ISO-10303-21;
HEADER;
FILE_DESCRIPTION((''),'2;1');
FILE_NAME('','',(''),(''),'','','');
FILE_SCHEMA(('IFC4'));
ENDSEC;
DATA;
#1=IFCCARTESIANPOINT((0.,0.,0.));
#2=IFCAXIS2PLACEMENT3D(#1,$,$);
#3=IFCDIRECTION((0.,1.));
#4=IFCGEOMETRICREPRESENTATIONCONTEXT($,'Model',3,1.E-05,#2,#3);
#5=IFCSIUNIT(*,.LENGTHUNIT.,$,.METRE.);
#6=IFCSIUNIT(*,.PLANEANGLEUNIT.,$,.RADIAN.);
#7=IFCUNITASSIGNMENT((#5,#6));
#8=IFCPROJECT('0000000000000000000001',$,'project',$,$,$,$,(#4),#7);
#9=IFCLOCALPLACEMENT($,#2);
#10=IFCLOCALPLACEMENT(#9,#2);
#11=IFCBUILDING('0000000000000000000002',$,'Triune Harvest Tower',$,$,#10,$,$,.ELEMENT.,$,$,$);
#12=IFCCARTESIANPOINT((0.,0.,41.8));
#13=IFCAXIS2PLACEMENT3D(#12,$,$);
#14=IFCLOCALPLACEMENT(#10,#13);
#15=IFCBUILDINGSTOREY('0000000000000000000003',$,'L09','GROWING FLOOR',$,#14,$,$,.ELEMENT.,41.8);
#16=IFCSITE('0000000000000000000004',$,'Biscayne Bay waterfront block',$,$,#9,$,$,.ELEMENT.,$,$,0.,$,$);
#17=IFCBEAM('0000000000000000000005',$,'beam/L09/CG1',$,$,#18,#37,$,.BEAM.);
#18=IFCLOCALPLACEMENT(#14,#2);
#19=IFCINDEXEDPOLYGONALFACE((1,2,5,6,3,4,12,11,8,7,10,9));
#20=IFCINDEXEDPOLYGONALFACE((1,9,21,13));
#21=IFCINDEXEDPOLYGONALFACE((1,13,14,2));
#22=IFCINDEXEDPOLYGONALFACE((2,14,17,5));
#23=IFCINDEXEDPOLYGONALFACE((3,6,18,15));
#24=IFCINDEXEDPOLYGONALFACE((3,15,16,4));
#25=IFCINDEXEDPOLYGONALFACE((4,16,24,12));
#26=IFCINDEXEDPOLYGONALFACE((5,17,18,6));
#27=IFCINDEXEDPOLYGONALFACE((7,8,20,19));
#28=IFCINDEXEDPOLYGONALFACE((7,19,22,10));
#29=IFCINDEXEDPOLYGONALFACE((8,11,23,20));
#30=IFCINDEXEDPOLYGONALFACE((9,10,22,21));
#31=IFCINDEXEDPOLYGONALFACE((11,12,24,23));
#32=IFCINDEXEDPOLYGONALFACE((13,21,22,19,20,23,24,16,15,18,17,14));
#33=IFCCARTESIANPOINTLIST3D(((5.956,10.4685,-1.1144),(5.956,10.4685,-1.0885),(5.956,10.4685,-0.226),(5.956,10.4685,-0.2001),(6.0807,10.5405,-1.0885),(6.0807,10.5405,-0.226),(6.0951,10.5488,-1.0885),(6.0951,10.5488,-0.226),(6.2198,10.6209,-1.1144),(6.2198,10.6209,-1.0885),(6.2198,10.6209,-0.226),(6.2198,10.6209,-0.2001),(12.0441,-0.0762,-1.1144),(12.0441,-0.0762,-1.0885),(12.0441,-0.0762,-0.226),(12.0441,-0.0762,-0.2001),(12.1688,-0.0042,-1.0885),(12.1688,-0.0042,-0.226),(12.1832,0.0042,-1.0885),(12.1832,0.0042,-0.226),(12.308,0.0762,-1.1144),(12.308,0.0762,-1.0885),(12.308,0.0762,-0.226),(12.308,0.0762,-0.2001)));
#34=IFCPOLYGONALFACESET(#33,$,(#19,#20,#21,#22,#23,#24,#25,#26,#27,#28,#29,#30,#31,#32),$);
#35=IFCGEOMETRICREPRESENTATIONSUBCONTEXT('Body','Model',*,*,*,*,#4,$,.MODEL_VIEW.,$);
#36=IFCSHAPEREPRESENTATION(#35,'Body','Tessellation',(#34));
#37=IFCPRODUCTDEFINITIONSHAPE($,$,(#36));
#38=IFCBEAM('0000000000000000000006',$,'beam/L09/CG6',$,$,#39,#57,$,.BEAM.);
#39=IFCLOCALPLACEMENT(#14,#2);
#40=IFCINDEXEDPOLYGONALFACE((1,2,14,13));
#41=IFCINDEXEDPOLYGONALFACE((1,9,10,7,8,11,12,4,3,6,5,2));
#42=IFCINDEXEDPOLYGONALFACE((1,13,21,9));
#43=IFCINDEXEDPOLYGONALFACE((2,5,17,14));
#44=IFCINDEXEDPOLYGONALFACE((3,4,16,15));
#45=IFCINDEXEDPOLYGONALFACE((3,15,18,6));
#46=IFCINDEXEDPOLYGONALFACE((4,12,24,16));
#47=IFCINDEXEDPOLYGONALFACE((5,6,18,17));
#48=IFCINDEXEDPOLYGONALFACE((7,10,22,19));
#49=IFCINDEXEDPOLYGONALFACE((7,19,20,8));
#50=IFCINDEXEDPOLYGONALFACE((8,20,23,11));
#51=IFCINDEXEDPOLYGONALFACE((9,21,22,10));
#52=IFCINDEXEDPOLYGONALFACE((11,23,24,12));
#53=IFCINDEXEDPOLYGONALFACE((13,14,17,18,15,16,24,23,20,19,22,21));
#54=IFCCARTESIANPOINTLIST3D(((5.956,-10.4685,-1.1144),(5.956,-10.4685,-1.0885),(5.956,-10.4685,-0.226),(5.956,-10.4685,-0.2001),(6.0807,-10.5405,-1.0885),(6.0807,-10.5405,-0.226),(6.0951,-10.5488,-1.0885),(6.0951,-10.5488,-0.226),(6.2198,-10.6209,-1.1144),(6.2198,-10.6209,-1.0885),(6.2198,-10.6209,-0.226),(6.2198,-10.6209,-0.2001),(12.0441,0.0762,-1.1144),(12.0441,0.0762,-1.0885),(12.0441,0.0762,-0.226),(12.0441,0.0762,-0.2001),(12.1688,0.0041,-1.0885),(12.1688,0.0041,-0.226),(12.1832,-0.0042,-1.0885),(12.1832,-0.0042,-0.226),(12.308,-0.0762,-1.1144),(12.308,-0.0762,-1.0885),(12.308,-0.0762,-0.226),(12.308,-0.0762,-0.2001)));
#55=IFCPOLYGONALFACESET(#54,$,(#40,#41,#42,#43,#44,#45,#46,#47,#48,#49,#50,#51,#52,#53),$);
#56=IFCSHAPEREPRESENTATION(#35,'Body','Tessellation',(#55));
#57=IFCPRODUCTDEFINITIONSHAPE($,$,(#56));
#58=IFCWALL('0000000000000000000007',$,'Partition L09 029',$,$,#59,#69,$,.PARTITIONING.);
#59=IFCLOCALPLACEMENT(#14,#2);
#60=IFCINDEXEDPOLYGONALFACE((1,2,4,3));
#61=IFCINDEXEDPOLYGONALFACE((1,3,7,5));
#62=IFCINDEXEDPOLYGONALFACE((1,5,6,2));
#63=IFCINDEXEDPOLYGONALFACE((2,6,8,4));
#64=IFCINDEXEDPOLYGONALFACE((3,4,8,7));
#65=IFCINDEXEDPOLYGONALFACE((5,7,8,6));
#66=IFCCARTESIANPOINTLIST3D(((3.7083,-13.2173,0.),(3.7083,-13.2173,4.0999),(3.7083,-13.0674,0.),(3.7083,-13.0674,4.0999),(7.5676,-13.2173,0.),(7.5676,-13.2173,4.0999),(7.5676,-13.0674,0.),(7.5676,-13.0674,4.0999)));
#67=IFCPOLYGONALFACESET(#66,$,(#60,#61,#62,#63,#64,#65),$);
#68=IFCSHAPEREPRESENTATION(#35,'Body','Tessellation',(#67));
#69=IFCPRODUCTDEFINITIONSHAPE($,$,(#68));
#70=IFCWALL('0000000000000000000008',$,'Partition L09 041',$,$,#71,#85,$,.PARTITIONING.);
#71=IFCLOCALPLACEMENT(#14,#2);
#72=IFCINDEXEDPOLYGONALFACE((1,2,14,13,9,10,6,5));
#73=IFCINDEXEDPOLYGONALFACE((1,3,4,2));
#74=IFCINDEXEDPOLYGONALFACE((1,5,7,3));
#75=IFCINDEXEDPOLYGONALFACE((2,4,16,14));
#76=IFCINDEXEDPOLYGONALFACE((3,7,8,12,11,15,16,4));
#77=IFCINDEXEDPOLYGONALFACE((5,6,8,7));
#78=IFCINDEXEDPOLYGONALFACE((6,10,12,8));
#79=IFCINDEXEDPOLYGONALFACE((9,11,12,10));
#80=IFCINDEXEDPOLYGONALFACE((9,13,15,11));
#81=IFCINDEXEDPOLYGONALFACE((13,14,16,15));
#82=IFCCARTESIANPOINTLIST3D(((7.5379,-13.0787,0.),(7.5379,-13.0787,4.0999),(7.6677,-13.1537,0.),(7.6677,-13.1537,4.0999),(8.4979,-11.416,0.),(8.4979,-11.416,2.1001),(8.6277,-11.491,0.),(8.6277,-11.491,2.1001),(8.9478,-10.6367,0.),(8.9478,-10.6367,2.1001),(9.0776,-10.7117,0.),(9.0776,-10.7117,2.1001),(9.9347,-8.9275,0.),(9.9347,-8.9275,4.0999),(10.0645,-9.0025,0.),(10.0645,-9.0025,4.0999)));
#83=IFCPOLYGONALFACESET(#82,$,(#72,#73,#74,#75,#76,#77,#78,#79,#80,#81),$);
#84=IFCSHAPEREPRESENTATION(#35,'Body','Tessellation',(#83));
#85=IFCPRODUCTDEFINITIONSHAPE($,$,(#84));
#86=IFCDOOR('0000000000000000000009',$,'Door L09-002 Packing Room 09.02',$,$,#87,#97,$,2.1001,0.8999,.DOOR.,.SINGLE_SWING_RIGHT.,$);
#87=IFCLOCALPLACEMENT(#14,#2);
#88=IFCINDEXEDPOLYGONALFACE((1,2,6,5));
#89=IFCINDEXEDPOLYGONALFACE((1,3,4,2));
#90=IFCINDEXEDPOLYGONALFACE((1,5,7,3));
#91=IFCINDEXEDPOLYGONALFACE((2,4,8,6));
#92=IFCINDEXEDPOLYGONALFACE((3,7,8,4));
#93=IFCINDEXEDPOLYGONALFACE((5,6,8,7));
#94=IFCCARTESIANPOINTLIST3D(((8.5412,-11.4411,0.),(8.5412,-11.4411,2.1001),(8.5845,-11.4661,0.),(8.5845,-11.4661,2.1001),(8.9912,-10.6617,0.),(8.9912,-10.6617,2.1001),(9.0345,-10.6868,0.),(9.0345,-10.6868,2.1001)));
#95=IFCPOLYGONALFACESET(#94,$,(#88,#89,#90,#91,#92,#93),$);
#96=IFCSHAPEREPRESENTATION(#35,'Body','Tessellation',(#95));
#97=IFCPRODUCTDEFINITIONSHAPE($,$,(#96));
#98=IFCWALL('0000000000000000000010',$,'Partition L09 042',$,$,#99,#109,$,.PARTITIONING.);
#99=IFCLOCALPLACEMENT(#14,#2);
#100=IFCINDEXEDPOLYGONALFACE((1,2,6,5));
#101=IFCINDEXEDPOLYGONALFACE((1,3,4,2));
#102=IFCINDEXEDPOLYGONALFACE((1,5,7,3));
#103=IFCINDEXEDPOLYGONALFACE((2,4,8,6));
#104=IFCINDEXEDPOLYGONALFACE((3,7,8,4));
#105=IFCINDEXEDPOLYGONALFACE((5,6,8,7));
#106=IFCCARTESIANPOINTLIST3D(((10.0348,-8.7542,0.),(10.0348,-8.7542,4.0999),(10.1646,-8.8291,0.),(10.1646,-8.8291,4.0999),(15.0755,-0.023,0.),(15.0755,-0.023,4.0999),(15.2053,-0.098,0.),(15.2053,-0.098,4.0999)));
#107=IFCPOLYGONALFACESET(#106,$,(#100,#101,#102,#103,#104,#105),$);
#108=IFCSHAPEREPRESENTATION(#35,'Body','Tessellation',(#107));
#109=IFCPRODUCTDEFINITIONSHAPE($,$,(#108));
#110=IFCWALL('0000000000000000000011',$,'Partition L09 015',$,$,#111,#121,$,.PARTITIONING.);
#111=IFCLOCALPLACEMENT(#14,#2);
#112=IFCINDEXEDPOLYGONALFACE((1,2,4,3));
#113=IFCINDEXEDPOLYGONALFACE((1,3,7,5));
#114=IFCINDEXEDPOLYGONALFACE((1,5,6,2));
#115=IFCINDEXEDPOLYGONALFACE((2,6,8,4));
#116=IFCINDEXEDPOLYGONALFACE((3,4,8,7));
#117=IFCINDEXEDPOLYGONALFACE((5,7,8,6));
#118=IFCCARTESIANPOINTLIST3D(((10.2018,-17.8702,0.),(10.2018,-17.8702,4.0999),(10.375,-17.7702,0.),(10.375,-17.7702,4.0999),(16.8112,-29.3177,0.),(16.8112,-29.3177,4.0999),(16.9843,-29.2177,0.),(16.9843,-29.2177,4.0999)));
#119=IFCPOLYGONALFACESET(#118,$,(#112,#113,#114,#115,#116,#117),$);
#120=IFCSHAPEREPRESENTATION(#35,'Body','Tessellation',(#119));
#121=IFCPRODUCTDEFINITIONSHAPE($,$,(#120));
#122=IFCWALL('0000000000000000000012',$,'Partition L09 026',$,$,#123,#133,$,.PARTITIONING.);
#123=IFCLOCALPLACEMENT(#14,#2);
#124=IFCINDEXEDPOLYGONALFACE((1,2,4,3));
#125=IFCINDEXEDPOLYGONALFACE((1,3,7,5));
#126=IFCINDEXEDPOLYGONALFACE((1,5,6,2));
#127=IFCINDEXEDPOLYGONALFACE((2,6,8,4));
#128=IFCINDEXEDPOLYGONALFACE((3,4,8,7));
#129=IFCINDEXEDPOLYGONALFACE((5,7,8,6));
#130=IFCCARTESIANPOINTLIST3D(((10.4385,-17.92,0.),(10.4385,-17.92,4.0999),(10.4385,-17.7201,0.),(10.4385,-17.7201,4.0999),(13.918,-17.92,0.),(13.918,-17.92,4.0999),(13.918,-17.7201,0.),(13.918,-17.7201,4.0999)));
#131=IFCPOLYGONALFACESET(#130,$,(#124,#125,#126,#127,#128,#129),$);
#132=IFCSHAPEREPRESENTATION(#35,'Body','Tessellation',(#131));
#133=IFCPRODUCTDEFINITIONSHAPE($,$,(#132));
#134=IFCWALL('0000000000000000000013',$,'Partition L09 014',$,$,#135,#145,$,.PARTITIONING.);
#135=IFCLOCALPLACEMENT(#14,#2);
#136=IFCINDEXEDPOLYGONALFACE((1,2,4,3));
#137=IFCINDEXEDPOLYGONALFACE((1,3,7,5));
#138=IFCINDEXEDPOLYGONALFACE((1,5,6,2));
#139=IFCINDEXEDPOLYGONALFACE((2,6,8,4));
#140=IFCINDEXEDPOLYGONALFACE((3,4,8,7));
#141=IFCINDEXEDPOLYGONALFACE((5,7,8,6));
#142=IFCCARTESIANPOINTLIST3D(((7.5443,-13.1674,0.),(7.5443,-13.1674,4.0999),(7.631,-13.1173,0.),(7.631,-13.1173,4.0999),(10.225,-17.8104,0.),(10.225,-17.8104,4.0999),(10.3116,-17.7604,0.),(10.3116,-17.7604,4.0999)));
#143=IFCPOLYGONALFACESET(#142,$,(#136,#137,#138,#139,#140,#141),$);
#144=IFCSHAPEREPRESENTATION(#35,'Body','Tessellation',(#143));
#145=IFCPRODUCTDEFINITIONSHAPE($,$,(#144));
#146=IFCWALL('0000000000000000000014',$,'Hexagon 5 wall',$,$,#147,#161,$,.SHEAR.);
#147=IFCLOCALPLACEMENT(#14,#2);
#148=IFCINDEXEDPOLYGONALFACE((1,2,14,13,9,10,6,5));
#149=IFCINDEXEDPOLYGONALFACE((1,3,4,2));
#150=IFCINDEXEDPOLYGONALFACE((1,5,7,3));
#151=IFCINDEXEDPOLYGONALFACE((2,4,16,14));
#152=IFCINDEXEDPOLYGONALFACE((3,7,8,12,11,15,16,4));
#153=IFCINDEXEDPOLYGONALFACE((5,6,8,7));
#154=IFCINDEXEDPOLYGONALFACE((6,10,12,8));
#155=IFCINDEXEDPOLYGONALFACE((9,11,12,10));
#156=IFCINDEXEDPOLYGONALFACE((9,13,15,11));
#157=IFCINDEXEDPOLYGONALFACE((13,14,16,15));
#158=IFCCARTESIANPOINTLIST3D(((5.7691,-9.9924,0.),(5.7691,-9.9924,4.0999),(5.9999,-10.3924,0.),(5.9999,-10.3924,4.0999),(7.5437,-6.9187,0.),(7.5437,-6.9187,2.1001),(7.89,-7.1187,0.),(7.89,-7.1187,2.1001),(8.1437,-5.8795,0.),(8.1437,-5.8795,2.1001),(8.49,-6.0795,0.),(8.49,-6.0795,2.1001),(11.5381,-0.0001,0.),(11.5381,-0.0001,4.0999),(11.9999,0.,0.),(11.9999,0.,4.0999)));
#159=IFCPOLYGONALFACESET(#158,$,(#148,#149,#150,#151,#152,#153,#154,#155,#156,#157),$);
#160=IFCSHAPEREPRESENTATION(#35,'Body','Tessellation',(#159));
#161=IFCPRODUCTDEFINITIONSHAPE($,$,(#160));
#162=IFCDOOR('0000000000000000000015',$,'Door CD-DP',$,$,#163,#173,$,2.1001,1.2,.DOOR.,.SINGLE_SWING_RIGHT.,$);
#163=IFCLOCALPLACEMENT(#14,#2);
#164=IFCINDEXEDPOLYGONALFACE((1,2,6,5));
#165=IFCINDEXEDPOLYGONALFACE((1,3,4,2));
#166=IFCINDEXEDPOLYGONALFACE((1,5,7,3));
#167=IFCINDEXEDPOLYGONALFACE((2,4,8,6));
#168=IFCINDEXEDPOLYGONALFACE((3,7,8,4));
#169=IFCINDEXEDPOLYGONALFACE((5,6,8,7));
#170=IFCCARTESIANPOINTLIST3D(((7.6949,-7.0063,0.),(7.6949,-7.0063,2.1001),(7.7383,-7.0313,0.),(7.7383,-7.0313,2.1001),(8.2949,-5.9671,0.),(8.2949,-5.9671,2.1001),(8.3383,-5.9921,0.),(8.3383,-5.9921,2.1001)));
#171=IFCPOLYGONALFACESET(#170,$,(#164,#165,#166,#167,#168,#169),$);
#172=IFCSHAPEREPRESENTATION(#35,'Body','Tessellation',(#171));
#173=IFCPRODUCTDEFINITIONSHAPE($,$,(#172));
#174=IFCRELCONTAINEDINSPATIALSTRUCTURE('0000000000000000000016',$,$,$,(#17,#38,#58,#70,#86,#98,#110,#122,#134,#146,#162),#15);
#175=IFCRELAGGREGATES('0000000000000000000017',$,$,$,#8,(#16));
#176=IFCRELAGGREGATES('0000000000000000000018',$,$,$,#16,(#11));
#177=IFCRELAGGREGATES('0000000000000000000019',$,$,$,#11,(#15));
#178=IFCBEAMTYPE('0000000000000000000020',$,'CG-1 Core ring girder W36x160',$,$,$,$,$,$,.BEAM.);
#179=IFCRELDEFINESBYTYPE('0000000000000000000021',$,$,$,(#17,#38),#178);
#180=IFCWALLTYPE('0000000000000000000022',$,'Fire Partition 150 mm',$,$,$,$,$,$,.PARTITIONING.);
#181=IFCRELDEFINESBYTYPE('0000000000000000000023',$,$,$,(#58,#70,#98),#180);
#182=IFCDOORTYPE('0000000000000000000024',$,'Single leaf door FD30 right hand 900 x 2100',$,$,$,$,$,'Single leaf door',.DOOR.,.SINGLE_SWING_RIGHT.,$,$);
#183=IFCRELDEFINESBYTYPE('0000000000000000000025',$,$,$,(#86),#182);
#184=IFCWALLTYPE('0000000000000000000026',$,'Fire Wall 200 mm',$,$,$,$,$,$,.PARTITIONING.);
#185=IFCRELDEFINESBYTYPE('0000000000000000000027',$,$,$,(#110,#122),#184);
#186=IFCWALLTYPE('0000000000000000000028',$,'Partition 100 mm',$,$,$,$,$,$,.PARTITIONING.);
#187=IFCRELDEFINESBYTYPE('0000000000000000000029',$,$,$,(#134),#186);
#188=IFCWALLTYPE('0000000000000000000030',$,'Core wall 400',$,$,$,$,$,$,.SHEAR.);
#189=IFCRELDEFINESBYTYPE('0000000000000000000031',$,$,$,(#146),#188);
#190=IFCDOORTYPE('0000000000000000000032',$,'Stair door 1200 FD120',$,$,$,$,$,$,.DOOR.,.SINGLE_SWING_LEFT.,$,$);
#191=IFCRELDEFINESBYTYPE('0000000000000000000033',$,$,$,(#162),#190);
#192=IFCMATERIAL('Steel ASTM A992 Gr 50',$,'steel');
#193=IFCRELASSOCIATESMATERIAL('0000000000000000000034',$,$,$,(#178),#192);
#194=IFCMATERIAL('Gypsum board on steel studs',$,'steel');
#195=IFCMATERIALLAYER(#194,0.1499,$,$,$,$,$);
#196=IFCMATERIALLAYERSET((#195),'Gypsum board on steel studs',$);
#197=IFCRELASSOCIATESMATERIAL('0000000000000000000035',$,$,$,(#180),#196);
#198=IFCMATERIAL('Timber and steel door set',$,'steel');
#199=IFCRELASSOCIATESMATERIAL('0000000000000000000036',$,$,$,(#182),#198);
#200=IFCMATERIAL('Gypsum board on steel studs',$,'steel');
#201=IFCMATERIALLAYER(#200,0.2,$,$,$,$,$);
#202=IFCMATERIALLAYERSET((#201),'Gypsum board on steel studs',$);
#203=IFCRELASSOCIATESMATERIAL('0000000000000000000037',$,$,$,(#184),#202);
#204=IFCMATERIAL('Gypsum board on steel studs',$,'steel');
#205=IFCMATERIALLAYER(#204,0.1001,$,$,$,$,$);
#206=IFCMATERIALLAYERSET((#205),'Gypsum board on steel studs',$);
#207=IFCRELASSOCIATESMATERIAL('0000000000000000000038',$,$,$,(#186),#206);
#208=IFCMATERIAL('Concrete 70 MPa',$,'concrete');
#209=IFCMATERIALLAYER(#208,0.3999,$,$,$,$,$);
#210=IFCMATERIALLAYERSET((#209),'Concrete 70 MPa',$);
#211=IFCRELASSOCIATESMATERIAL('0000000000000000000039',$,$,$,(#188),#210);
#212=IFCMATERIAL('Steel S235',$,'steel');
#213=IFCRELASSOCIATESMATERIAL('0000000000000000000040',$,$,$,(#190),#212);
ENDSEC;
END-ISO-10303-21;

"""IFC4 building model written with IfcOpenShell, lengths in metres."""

from ifc_helpers import new_model, si_unit, direction, frame, frame_2d, origin, origin_2d, place, context, subcontext, project, spatial, polyline, rectangle, i_section, outline, extrude, source, transform, mapped, material, layer, layer_set, material_profile, profile_set, type_object, element, fill, save


model = new_model("IFC4")

# Units and contexts
model_context = context("Model", 3, precision=1e-05, world=origin(), true_north=direction((0.0, 1.0)))
body_context = subcontext(model_context, "Body", "Model", "MODEL_VIEW")
ifc_project = project(units=[si_unit("LENGTHUNIT", "METRE"), si_unit("PLANEANGLEUNIT", "RADIAN")], contexts=[model_context])

# Site, building, storey
site_placement = place(None, origin())
site = spatial("IfcSite", under=ifc_project, at=site_placement, Name="Biscayne Bay waterfront block", CompositionType="ELEMENT", RefElevation=0.0)
building_placement = place(site_placement, origin())
building = spatial("IfcBuilding", under=site, at=building_placement, Name="Triune Harvest Tower", CompositionType="ELEMENT")
storey_placement = place(building_placement, frame((0.0, 0.0, 41.8)))
storey = spatial("IfcBuildingStorey", under=building, at=storey_placement, Name="L09", Description="GROWING FLOOR", CompositionType="ELEMENT", Elevation=41.8)

# Beams
ifc_material_1 = material(Name="Steel ASTM A992 Gr 50", Category="steel")
ifc_material_profile = material_profile(ifc_material_1, i_section(OverallWidth=0.3047, OverallDepth=0.9143, WebThickness=0.0166, FlangeThickness=0.0259, at=origin_2d()), Name="W36x160")
ifc_profile_set = profile_set([ifc_material_profile], Name="Steel ASTM A992 Gr 50")
beam_type = type_object("IfcBeamType", Name="CG-1 Core ring girder W36x160", PredefinedType="BEAM", material=ifc_profile_set)
shared_shape_1 = source(origin(), body_context, "Body", "SweptSolid", [
    extrude(i_section(OverallWidth=0.3047, OverallDepth=0.9143, WebThickness=0.0166, FlangeThickness=0.0259, at=origin_2d()), origin(), (0.0, 0.0, 1.0), 12.176),
])
for number, where, z_axis, x_axis, name in (
    (1, (12.176, 0.0, -0.6572), (-0.50001, 0.86602, 0.0), (-0.86602, -0.50001, 0.0), "beam/L09/CG1"),
    (2, (6.0879, -10.5447, -0.6572), (0.50001, 0.86602, 0.0), (-0.86602, 0.50001, 0.0), "beam/L09/CG6"),
):
    element("IfcBeam", number, at=place(storey_placement, frame(where, z_axis=z_axis, x_axis=x_axis)), inside=storey, type_object=beam_type, Name=name, PredefinedType="BEAM", context=body_context, shape_type="MappedRepresentation", body=[
        mapped(shared_shape_1, transform((0.0, 0.0, 0.0), scale=1.0)),
    ])

# Wall
ifc_material_2 = material(Name="Gypsum board on steel studs", Category="steel")
ifc_layer_1 = layer(ifc_material_2, 0.1499)
ifc_layer_set_1 = layer_set([ifc_layer_1], Name="Gypsum board on steel studs")
wall_type_1 = type_object("IfcWallType", Name="Fire Partition 150 mm", PredefinedType="PARTITIONING", material=ifc_layer_set_1)
wall_1_placement = place(storey_placement, frame((3.7083, -13.1423, 0.0), z_axis=(0.0, 0.0, 1.0), x_axis=(1.0, 0.0, 0.0)))
element("IfcWall", 3, at=wall_1_placement, inside=storey, type_object=wall_type_1, Name="Partition L09 029", PredefinedType="PARTITIONING", context=body_context, shape_type="SweptSolid", body=[
    extrude(rectangle(XDim=3.8594, YDim=0.1499, at=frame_2d((1.9297, 0.0))), origin(), (0.0, 0.0, 1.0), 4.0999),
])

# Wall, opening, door
wall_2_placement = place(storey_placement, frame((7.6028, -13.1162, 0.0), z_axis=(0.0, 0.0, 1.0), x_axis=(0.500012, 0.866018, 0.0)))
wall_2 = element("IfcWall", 4, at=wall_2_placement, inside=storey, type_object=wall_type_1, Name="Partition L09 041", PredefinedType="PARTITIONING", context=body_context, shape_type="SweptSolid", body=[
    extrude(rectangle(XDim=4.7935, YDim=0.1499, at=frame_2d((2.3967, 0.0))), origin(), (0.0, 0.0, 1.0), 4.0999),
])
opening_1_placement = place(wall_2_placement, frame((1.9199, 0.0, 0.0)))
opening_1 = element("IfcOpeningElement", 5, at=opening_1_placement, cuts=wall_2, PredefinedType="OPENING", context=body_context, shape_type="SweptSolid", body=[
    extrude(rectangle(XDim=0.8999, YDim=2.1001, at=frame_2d((0.45, 1.05))), frame((0.0, 0.085, 0.0), z_axis=(0.0, -1.0, 0.0), x_axis=(1.0, 0.0, 0.0)), (0.0, 0.0, 1.0), 0.1699),
])
ifc_material_3 = material(Name="Timber and steel door set", Category="steel")
door_type_1 = type_object("IfcDoorType", Name="Single leaf door FD30 right hand 900 x 2100", ElementType="Single leaf door", OperationType="SINGLE_SWING_RIGHT", PredefinedType="DOOR", material=ifc_material_3)
door_1_placement = place(opening_1_placement, origin())
door_1 = element("IfcDoor", 6, at=door_1_placement, inside=storey, type_object=door_type_1, Name="Door L09-002 Packing Room 09.02", OperationType="SINGLE_SWING_RIGHT", OverallHeight=2.1001, OverallWidth=0.8999, PredefinedType="DOOR", context=body_context, shape_type="SweptSolid", body=[
    extrude(rectangle(XDim=0.8999, YDim=2.1001, at=frame_2d((0.45, 1.05))), frame((0.0, 0.0249, 0.0), z_axis=(0.0, -1.0, 0.0), x_axis=(1.0, 0.0, 0.0)), (0.0, 0.0, 1.0), 0.05),
])
fill(opening_1, door_1)

# Walls
wall_3_placement = place(storey_placement, frame((10.0996, -8.7917, 0.0), z_axis=(0.0, 0.0, 1.0), x_axis=(0.499986, 0.866034, 0.0)))
element("IfcWall", 7, at=wall_3_placement, inside=storey, type_object=wall_type_1, Name="Partition L09 042", PredefinedType="PARTITIONING", context=body_context, shape_type="SweptSolid", body=[
    extrude(rectangle(XDim=10.0818, YDim=0.1499, at=frame_2d((5.041, 0.0))), origin(), (0.0, 0.0, 1.0), 4.0999),
])
ifc_material_4 = material(Name="Gypsum board on steel studs", Category="steel")
ifc_layer_2 = layer(ifc_material_4, 0.2)
ifc_layer_set_2 = layer_set([ifc_layer_2], Name="Gypsum board on steel studs")
wall_type_2 = type_object("IfcWallType", Name="Fire Wall 200 mm", PredefinedType="PARTITIONING", material=ifc_layer_set_2)
wall_4_placement = place(storey_placement, frame((10.2883, -17.8201, 0.0), z_axis=(0.0, 0.0, 1.0), x_axis=(0.500009, -0.86602, 0.0)))
element("IfcWall", 8, at=wall_4_placement, inside=storey, type_object=wall_type_2, Name="Partition L09 015", PredefinedType="PARTITIONING", context=body_context, shape_type="SweptSolid", body=[
    extrude(rectangle(XDim=13.2185, YDim=0.2, at=frame_2d((6.6094, 0.0))), origin(), (0.0, 0.0, 1.0), 4.0999),
])
wall_5_placement = place(storey_placement, frame((10.4385, -17.8201, 0.0), z_axis=(0.0, 0.0, 1.0), x_axis=(1.0, 0.0, 0.0)))
element("IfcWall", 9, at=wall_5_placement, inside=storey, type_object=wall_type_2, Name="Partition L09 026", PredefinedType="PARTITIONING", context=body_context, shape_type="SweptSolid", body=[
    extrude(rectangle(XDim=3.4795, YDim=0.2, at=frame_2d((1.7397, 0.0))), origin(), (0.0, 0.0, 1.0), 4.0999),
])
ifc_material_5 = material(Name="Gypsum board on steel studs", Category="steel")
ifc_layer_3 = layer(ifc_material_5, 0.1001)
ifc_layer_set_3 = layer_set([ifc_layer_3], Name="Gypsum board on steel studs")
wall_type_3 = type_object("IfcWallType", Name="Partition 100 mm", PredefinedType="PARTITIONING", material=ifc_layer_set_3)
wall_6_placement = place(storey_placement, frame((7.5876, -13.1423, 0.0), z_axis=(0.0, 0.0, 1.0), x_axis=(0.499998, -0.866026, 0.0)))
element("IfcWall", 10, at=wall_6_placement, inside=storey, type_object=wall_type_3, Name="Partition L09 014", PredefinedType="PARTITIONING", context=body_context, shape_type="SweptSolid", body=[
    extrude(rectangle(XDim=5.3613, YDim=0.1001, at=frame_2d((2.6807, 0.0))), origin(), (0.0, 0.0, 1.0), 4.0999),
])

# Wall, opening, door
ifc_material_6 = material(Name="Concrete 70 MPa", Category="concrete")
ifc_layer_4 = layer(ifc_material_6, 0.3999)
ifc_layer_set_4 = layer_set([ifc_layer_4], Name="Concrete 70 MPa")
wall_type_4 = type_object("IfcWallType", Name="Core wall 400", PredefinedType="SHEAR", material=ifc_layer_set_4)
shared_shape_2 = source(origin(), body_context, "Body", "SweptSolid", [
    extrude(outline(polyline([(-0.1155, -0.2), (11.8845, -0.2), (11.6536, 0.2), (0.1155, 0.2), (-0.1155, -0.2)])), origin(), (0.0, 0.0, 1.0), 4.0999),
])
wall_7_placement = place(storey_placement, frame((5.8845, -10.1924, 0.0), z_axis=(0.0, 0.0, 1.0), x_axis=(0.499997, 0.866027, 0.0)))
wall_7 = element("IfcWall", 11, at=wall_7_placement, inside=storey, type_object=wall_type_4, Name="Hexagon 5 wall", PredefinedType="SHEAR", context=body_context, shape_type="MappedRepresentation", body=[
    mapped(shared_shape_2, transform((0.0, 0.0, 0.0), scale=1.0)),
])
opening_2_placement = place(wall_7_placement, frame((3.6646, 0.0, 0.0)))
opening_2 = element("IfcOpeningElement", 12, at=opening_2_placement, cuts=wall_7, PredefinedType="OPENING", context=body_context, shape_type="SweptSolid", body=[
    extrude(rectangle(XDim=1.2, YDim=2.1001, at=frame_2d((0.6001, 1.05))), frame((0.0, 0.21, 0.0), z_axis=(0.0, -1.0, 0.0), x_axis=(1.0, 0.0, 0.0)), (0.0, 0.0, 1.0), 0.4199),
])
ifc_material_7 = material(Name="Steel S235", Category="steel")
door_type_2 = type_object("IfcDoorType", Name="Stair door 1200 FD120", OperationType="SINGLE_SWING_LEFT", PredefinedType="DOOR", material=ifc_material_7)
door_2_placement = place(opening_2_placement, frame((1.2, 0.0, 0.0), z_axis=(0.0, 0.0, 1.0), x_axis=(-1.0, 0.0, 0.0)))
door_2 = element("IfcDoor", 13, at=door_2_placement, inside=storey, type_object=door_type_2, Name="Door CD-DP", OperationType="SINGLE_SWING_RIGHT", OverallHeight=2.1001, OverallWidth=1.2, PredefinedType="DOOR", context=body_context, shape_type="SweptSolid", body=[
    extrude(rectangle(XDim=1.2, YDim=2.1001, at=frame_2d((0.6001, 1.05))), frame((0.0, 0.0249, 0.0), z_axis=(0.0, -1.0, 0.0), x_axis=(1.0, 0.0, 0.0)), (0.0, 0.0, 1.0), 0.05),
])
fill(opening_2, door_2)

save(model, "model.ifc")
